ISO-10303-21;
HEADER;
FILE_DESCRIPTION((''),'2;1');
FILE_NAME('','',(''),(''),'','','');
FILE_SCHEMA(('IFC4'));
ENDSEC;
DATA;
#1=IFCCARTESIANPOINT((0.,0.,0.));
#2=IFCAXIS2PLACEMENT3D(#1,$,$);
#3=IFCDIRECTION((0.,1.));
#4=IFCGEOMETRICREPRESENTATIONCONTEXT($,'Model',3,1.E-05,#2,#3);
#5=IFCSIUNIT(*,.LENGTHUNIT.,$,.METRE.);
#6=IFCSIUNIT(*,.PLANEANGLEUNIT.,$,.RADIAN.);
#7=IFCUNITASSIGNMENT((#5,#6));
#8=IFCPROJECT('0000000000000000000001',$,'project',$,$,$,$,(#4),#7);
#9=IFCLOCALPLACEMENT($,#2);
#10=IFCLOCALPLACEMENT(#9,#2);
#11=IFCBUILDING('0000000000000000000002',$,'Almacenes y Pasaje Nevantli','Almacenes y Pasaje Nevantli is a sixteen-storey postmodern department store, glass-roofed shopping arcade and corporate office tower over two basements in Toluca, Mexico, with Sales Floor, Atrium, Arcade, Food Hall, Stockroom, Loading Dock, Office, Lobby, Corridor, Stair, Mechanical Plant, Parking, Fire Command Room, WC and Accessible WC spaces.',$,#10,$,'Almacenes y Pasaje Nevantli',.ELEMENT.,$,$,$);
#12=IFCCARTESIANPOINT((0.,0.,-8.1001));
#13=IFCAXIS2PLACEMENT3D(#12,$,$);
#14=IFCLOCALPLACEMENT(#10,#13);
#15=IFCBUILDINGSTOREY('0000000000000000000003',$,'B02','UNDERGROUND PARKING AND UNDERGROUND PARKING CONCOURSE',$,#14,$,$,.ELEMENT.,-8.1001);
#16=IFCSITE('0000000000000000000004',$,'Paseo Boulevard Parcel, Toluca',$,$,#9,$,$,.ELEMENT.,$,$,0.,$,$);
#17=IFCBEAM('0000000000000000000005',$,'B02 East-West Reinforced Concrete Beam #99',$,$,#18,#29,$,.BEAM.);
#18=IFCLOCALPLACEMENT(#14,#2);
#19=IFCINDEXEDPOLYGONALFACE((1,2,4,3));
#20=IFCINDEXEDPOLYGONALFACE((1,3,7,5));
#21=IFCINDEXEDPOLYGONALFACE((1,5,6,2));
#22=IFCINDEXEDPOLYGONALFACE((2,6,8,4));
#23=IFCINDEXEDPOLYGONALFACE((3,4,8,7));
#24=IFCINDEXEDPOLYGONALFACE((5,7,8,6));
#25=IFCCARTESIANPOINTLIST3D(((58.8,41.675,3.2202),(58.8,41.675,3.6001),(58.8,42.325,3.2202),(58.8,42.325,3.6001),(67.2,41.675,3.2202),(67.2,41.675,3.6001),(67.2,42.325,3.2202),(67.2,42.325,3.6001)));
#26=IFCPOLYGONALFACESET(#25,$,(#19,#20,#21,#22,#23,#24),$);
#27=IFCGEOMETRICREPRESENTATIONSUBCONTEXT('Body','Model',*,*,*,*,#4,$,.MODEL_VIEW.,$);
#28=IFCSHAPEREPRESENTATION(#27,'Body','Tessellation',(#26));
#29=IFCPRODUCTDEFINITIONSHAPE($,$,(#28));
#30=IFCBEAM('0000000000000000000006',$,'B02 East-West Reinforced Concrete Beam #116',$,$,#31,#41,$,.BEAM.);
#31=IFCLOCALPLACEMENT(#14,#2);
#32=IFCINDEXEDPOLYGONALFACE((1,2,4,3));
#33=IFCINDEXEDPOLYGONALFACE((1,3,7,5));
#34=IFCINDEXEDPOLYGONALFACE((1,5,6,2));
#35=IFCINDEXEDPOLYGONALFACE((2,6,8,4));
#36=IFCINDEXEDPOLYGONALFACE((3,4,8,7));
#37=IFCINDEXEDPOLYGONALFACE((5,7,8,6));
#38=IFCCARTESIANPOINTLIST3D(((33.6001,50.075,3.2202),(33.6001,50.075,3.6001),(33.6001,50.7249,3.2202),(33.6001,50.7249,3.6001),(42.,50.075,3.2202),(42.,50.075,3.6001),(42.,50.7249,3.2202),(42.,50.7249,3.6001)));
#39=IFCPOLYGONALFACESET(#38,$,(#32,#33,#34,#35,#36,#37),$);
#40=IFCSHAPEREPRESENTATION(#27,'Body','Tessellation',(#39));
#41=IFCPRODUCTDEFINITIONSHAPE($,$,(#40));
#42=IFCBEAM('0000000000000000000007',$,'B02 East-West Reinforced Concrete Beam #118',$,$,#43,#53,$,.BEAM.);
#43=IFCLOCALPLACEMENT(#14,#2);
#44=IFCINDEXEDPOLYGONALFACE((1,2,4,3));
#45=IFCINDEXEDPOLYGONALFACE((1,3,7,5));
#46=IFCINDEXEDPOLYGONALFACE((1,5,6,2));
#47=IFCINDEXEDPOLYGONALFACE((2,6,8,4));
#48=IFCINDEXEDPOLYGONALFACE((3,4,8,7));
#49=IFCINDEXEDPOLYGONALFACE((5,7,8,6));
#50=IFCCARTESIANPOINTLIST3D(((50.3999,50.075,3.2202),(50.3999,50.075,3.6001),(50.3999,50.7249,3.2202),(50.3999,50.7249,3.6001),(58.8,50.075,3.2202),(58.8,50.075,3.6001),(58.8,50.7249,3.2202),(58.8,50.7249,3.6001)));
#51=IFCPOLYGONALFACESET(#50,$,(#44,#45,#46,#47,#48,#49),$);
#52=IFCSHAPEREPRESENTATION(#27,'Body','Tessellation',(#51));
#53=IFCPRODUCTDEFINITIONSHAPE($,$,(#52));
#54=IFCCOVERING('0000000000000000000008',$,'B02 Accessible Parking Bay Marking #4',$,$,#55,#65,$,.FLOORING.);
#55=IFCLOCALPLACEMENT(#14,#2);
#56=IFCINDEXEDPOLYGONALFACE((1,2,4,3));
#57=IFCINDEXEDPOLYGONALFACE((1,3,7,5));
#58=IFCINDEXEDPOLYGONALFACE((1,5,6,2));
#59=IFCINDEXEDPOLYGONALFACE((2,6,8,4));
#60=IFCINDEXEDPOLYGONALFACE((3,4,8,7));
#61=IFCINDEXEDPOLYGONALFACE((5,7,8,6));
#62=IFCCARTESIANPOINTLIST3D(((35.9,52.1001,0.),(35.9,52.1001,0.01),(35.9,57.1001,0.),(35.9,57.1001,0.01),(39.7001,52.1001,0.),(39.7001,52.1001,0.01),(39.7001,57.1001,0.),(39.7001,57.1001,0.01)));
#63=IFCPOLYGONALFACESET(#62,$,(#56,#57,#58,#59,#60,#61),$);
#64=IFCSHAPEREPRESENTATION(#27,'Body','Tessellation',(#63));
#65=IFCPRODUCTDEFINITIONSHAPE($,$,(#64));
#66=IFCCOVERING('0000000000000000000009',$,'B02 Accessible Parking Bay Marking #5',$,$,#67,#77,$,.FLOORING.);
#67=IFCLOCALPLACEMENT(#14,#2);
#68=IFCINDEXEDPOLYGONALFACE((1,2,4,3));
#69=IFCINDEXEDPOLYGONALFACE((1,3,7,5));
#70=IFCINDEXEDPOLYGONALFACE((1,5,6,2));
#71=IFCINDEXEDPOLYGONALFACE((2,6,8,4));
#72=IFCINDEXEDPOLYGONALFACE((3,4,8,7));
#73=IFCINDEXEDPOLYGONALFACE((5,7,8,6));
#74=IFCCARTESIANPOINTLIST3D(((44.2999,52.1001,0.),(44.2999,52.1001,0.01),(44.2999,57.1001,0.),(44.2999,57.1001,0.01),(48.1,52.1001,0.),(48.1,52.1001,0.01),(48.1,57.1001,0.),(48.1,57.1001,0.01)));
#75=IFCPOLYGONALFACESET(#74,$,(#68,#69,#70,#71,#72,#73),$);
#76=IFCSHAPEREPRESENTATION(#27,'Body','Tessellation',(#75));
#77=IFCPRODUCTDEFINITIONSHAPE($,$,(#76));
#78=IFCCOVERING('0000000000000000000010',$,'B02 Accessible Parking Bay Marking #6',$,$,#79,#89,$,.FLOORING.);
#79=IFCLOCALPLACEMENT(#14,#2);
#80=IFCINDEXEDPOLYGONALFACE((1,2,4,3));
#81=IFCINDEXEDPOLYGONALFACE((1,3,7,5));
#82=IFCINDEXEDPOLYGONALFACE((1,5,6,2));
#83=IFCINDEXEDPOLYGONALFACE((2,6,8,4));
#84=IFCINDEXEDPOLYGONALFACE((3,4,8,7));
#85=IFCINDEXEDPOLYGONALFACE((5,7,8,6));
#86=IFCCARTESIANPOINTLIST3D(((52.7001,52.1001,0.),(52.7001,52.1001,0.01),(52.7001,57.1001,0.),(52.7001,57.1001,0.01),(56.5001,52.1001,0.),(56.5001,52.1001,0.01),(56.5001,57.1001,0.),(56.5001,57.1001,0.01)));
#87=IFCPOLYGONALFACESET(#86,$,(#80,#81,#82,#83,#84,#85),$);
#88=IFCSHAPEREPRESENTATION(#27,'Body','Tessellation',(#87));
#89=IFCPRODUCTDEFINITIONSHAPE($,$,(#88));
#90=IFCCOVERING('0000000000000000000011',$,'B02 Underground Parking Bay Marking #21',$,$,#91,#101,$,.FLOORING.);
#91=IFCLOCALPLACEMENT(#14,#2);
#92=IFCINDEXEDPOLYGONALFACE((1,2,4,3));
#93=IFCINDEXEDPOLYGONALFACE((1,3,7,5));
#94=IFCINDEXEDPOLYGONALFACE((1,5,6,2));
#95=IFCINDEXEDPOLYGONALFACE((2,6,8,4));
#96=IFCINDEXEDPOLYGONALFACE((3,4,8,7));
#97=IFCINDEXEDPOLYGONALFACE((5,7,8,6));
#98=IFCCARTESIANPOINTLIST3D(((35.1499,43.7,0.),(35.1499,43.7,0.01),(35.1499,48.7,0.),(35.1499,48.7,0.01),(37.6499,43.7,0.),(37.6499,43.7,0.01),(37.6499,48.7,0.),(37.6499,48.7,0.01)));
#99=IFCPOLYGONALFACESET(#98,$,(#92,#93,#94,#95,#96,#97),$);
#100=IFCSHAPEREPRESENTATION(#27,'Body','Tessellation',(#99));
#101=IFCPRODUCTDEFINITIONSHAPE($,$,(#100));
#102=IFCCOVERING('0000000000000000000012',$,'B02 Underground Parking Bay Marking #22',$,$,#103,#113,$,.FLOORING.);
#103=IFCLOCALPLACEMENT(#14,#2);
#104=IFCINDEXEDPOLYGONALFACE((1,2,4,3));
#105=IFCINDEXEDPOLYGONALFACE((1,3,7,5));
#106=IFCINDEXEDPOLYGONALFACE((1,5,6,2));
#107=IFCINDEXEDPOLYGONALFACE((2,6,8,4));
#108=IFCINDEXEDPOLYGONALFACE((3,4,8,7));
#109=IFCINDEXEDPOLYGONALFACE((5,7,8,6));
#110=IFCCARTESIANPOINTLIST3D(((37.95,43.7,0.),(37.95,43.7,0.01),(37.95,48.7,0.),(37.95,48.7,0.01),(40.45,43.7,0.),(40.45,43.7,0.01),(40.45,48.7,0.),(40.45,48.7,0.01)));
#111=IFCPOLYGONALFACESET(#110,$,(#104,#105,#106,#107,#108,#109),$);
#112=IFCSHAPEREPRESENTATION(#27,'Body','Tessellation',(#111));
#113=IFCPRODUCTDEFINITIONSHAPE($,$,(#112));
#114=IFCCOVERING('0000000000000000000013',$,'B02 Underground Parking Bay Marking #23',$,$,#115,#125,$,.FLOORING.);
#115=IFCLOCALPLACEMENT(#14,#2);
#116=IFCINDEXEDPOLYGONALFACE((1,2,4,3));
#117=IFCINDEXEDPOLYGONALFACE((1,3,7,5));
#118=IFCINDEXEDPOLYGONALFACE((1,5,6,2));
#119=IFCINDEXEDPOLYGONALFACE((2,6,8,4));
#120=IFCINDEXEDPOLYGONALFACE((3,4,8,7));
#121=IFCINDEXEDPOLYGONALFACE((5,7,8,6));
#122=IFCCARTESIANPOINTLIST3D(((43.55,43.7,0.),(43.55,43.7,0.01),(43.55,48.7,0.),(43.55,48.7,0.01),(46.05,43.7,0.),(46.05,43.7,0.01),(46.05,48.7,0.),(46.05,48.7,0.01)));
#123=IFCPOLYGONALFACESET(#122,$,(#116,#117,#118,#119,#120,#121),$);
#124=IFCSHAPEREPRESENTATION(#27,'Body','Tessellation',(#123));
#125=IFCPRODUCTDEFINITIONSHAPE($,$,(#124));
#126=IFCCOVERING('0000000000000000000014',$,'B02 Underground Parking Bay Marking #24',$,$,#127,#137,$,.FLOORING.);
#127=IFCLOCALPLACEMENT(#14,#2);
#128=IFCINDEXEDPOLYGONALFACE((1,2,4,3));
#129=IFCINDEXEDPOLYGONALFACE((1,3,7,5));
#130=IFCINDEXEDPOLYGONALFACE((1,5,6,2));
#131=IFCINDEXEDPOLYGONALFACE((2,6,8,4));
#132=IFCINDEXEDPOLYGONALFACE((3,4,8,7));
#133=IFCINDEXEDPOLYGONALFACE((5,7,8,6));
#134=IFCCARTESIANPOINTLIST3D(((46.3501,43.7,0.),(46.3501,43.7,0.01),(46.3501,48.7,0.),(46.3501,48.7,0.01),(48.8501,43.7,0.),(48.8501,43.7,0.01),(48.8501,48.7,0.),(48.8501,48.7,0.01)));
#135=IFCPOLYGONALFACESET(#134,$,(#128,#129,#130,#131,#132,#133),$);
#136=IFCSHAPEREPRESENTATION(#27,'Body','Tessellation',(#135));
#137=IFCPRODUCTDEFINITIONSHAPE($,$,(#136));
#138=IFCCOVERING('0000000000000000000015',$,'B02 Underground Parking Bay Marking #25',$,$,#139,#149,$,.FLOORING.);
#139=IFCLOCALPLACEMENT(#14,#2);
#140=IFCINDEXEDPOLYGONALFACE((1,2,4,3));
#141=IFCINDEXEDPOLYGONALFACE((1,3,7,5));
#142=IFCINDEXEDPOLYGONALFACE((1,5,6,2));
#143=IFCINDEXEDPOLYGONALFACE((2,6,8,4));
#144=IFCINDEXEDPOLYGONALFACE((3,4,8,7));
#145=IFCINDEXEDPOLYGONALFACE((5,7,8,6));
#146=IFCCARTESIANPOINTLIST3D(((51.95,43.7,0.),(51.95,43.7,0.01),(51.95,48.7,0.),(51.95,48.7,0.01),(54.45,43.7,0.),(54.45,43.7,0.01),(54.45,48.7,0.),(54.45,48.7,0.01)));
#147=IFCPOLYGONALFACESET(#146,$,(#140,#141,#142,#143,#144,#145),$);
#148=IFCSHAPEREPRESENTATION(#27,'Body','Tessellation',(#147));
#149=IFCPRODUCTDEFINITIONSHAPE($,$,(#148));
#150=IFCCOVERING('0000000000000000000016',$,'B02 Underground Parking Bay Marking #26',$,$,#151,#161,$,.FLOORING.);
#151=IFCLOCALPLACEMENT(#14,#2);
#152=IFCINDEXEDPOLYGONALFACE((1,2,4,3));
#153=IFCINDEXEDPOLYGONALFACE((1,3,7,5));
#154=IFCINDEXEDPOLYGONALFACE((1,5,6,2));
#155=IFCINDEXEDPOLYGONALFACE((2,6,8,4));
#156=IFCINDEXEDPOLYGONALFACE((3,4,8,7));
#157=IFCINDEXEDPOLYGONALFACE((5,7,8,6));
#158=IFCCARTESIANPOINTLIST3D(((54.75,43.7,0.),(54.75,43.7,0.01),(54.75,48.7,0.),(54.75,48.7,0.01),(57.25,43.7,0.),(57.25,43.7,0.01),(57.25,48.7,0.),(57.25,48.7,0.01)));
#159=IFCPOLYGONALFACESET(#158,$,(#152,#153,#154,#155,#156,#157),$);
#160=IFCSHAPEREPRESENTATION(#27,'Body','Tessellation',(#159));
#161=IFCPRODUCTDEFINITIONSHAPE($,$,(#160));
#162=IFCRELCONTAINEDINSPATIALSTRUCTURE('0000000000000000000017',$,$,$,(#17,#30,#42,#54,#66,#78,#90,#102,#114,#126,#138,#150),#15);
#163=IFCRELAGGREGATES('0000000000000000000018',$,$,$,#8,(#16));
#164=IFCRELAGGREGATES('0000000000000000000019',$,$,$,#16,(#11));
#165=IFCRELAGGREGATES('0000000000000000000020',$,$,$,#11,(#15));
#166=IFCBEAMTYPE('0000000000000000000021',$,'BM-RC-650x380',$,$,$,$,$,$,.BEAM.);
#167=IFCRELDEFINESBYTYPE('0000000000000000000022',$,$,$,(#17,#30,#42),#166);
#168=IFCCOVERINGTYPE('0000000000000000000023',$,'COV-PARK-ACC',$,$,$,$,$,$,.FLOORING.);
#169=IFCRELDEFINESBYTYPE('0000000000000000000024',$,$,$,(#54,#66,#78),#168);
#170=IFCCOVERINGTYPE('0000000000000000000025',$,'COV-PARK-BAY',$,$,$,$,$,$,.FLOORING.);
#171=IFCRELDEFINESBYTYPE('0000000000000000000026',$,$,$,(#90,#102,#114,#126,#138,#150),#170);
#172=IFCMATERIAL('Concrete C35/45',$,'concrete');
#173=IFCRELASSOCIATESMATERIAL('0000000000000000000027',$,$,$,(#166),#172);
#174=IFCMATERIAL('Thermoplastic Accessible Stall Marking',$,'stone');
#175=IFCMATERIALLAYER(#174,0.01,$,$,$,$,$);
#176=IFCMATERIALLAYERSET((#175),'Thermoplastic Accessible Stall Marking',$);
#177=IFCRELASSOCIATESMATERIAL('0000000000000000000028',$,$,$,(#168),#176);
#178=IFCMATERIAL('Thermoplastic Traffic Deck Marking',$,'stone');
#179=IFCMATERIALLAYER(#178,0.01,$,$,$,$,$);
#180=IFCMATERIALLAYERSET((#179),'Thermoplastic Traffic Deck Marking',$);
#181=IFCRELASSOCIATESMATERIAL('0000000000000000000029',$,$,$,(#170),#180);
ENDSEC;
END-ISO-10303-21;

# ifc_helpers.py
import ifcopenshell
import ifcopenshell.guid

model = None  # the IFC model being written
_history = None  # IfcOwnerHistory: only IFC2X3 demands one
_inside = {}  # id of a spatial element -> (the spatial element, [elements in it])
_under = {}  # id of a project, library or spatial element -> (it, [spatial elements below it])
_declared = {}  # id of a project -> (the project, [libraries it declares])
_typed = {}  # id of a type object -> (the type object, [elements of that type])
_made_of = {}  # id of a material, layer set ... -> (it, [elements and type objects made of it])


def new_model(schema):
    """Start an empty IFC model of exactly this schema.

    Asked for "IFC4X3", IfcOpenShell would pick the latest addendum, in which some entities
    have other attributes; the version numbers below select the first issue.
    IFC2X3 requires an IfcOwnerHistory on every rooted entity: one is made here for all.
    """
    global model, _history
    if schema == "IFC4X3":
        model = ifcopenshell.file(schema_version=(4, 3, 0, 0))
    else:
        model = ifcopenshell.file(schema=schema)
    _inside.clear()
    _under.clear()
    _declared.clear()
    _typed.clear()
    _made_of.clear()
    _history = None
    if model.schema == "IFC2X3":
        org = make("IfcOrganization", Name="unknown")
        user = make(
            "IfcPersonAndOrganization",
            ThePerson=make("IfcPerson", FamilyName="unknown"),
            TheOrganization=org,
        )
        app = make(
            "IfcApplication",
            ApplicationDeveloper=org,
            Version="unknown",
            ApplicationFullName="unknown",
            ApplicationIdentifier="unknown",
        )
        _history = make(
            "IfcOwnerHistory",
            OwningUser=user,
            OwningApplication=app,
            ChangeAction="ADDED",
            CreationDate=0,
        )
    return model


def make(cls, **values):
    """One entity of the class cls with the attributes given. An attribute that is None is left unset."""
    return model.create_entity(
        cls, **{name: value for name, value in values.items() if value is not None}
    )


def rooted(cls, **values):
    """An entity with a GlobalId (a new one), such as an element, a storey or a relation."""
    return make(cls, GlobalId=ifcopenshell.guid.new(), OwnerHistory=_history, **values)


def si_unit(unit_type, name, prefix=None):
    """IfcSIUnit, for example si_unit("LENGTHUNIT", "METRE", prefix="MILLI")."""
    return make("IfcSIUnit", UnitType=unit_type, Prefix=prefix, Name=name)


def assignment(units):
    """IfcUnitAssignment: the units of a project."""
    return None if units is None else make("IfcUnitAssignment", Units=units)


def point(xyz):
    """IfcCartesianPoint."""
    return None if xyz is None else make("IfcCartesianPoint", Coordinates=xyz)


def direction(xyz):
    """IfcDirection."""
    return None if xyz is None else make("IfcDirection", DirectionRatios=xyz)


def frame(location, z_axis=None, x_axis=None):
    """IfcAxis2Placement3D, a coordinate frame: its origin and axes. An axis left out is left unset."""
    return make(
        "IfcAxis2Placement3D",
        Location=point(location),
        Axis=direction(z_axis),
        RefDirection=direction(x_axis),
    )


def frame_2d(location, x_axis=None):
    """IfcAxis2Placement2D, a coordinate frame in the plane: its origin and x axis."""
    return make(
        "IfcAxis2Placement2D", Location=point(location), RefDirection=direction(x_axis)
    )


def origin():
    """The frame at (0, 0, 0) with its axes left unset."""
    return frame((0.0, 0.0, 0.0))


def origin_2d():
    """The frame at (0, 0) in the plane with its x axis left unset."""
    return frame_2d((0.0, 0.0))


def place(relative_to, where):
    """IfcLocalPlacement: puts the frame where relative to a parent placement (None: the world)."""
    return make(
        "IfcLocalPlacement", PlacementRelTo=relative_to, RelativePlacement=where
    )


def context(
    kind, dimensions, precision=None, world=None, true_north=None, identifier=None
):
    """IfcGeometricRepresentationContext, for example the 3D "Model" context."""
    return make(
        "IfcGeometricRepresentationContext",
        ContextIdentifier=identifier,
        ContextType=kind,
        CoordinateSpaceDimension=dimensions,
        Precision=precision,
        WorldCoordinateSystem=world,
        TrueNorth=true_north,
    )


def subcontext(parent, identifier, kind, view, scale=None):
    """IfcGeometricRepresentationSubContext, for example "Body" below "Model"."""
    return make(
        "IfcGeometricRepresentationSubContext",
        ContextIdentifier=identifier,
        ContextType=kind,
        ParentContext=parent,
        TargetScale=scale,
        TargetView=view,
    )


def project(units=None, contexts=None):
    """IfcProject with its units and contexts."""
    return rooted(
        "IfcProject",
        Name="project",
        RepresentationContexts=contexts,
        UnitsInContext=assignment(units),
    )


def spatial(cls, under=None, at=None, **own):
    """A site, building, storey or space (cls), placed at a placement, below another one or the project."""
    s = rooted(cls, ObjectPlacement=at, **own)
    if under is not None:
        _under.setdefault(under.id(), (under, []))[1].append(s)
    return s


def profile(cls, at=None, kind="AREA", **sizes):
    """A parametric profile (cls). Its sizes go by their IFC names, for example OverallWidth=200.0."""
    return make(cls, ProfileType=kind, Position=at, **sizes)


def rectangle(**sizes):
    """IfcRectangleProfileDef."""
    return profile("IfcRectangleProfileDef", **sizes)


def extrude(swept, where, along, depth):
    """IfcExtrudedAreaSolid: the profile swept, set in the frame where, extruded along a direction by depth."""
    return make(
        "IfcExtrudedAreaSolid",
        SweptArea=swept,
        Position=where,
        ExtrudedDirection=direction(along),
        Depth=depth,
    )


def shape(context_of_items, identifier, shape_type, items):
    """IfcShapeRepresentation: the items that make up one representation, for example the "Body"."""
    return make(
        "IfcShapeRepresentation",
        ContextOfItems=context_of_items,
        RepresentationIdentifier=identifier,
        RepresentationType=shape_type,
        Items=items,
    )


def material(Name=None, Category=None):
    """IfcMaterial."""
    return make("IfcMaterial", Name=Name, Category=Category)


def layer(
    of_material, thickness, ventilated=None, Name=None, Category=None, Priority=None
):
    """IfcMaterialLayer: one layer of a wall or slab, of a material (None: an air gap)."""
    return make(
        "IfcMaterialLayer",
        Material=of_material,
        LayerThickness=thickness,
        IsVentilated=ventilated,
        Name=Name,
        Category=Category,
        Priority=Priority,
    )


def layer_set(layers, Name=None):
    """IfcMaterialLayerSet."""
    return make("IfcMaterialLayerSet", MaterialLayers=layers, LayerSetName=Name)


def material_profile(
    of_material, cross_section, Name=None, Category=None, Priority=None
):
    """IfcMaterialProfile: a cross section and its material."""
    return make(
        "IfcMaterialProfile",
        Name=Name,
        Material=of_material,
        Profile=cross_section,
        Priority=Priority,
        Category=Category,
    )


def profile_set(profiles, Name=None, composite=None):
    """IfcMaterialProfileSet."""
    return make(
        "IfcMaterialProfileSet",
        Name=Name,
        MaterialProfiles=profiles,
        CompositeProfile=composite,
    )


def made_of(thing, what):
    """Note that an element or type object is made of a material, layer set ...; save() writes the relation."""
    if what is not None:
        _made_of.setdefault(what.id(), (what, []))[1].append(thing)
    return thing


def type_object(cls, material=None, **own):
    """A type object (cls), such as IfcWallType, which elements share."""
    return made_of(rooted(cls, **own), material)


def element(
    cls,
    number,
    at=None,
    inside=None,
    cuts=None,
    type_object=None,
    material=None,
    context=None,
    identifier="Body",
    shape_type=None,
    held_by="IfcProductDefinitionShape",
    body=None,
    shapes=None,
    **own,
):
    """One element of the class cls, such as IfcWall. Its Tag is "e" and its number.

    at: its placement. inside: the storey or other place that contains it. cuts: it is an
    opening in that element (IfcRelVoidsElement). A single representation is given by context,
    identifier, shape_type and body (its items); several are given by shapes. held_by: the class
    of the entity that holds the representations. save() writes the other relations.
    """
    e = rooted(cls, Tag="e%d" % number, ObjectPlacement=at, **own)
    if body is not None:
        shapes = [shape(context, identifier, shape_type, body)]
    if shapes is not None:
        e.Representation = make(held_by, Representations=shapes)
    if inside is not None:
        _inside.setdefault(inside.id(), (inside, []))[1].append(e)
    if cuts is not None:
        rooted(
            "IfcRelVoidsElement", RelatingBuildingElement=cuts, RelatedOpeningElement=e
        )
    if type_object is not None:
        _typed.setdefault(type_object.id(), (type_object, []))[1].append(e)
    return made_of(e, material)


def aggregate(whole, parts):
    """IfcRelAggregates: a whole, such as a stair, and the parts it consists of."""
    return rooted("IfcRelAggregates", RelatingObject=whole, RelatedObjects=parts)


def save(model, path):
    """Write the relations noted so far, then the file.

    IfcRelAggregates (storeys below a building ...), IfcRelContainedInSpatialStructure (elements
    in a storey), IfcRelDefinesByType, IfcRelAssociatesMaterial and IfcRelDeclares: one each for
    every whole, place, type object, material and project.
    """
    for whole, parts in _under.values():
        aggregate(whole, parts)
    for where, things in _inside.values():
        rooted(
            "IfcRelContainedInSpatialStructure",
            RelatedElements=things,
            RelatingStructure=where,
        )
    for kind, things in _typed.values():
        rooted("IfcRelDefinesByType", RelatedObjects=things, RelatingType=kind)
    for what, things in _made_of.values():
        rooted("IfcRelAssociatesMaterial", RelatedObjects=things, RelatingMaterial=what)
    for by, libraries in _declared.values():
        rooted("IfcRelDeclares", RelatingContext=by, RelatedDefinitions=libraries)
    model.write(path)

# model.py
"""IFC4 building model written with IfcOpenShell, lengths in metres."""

from ifc_helpers import new_model, si_unit, direction, frame, origin, origin_2d, place, context, subcontext, project, spatial, rectangle, extrude, material, layer, layer_set, material_profile, profile_set, type_object, element, save


model = new_model("IFC4")

# Units and contexts
model_context = context("Model", 3, precision=1e-05, world=origin(), true_north=direction((0.0, 1.0)))
body_context = subcontext(model_context, "Body", "Model", "MODEL_VIEW")
ifc_project = project(units=[si_unit("LENGTHUNIT", "METRE"), si_unit("PLANEANGLEUNIT", "RADIAN")], contexts=[model_context])

# Site, building, storey
site_placement = place(None, origin())
site = spatial("IfcSite", under=ifc_project, at=site_placement, Name="Paseo Boulevard Parcel, Toluca", CompositionType="ELEMENT", RefElevation=0.0)
building_placement = place(site_placement, origin())
building = spatial("IfcBuilding", under=site, at=building_placement, Name="Almacenes y Pasaje Nevantli", Description="Almacenes y Pasaje Nevantli is a sixteen-storey postmodern department store, glass-roofed shopping arcade and corporate office tower over two basements in Toluca, Mexico, with Sales Floor, Atrium, Arcade, Food Hall, Stockroom, Loading Dock, Office, Lobby, Corridor, Stair, Mechanical Plant, Parking, Fire Command Room, WC and Accessible WC spaces.", LongName="Almacenes y Pasaje Nevantli", CompositionType="ELEMENT")
storey_placement = place(building_placement, frame((0.0, 0.0, -8.1001)))
storey = spatial("IfcBuildingStorey", under=building, at=storey_placement, Name="B02", Description="UNDERGROUND PARKING AND UNDERGROUND PARKING CONCOURSE", CompositionType="ELEMENT", Elevation=-8.1001)

# Beams
ifc_material_1 = material(Name="Concrete C35/45", Category="concrete")
ifc_material_profile_1 = material_profile(ifc_material_1, rectangle(XDim=0.6499, YDim=0.3799, at=origin_2d()), Name="RC-BM-650x380")
ifc_profile_set_1 = profile_set([ifc_material_profile_1], Name="Concrete C35/45")
beam_type_1 = type_object("IfcBeamType", Name="BM-RC-650x380", PredefinedType="BEAM", material=ifc_profile_set_1)
for number, where, z_axis, x_axis, name in (
    (1, (58.8, 42.0, 3.4102), (1.0, 0.0, 0.0), (0.0, 1.0, 0.0), "B02 East-West Reinforced Concrete Beam #99"),
    (2, (33.6001, 50.3999, 3.4102), (1.0, 0.0, 0.0), (0.0, 1.0, 0.0), "B02 East-West Reinforced Concrete Beam #116"),
):
    element("IfcBeam", number, at=place(storey_placement, frame(where, z_axis=z_axis, x_axis=x_axis)), inside=storey, type_object=beam_type_1, Name=name, PredefinedType="BEAM", context=body_context, shape_type="SweptSolid", body=[
        extrude(rectangle(XDim=0.6499, YDim=0.3799, at=origin_2d()), origin(), (0.0, 0.0, 1.0), 8.3999),
    ])
beam_1_placement = place(storey_placement, frame((50.3999, 50.3999, 3.4102), z_axis=(1.0, 0.0, 0.0), x_axis=(0.0, 1.0, 0.0)))
element("IfcBeam", 3, at=beam_1_placement, inside=storey, type_object=beam_type_1, Name="B02 East-West Reinforced Concrete Beam #118", PredefinedType="BEAM", context=body_context, shape_type="SweptSolid", body=[
    extrude(rectangle(XDim=0.6499, YDim=0.3799, at=origin_2d()), origin(), (0.0, 0.0, 1.0), 8.4001),
])

# Coverings
ifc_material_2 = material(Name="Thermoplastic Accessible Stall Marking", Category="stone")
ifc_layer_1 = layer(ifc_material_2, 0.01)
ifc_layer_set_1 = layer_set([ifc_layer_1], Name="Thermoplastic Accessible Stall Marking")
covering_type_1 = type_object("IfcCoveringType", Name="COV-PARK-ACC", PredefinedType="FLOORING", material=ifc_layer_set_1)
for number, where, z_axis, x_axis, name in (
    (4, (37.8, 54.6001, 0.0), (0.0, 0.0, 1.0), (1.0, 0.0, 0.0), "B02 Accessible Parking Bay Marking #4"),
    (5, (46.2, 54.6001, 0.0), (0.0, 0.0, 1.0), (1.0, 0.0, 0.0), "B02 Accessible Parking Bay Marking #5"),
    (6, (54.6001, 54.6001, 0.0), (0.0, 0.0, 1.0), (1.0, 0.0, 0.0), "B02 Accessible Parking Bay Marking #6"),
):
    element("IfcCovering", number, at=place(storey_placement, frame(where, z_axis=z_axis, x_axis=x_axis)), inside=storey, type_object=covering_type_1, Name=name, PredefinedType="FLOORING", context=body_context, shape_type="SweptSolid", body=[
        extrude(rectangle(XDim=3.8, YDim=5.0, at=origin_2d()), origin(), (0.0, 0.0, 1.0), 0.01),
    ])
ifc_material_3 = material(Name="Thermoplastic Traffic Deck Marking", Category="stone")
ifc_layer_2 = layer(ifc_material_3, 0.01)
ifc_layer_set_2 = layer_set([ifc_layer_2], Name="Thermoplastic Traffic Deck Marking")
covering_type_2 = type_object("IfcCoveringType", Name="COV-PARK-BAY", PredefinedType="FLOORING", material=ifc_layer_set_2)
for number, where, z_axis, x_axis, name in (
    (7, (36.3999, 46.2, 0.0), (0.0, 0.0, 1.0), (1.0, 0.0, 0.0), "B02 Underground Parking Bay Marking #21"),
    (8, (39.2, 46.2, 0.0), (0.0, 0.0, 1.0), (1.0, 0.0, 0.0), "B02 Underground Parking Bay Marking #22"),
    (9, (44.8, 46.2, 0.0), (0.0, 0.0, 1.0), (1.0, 0.0, 0.0), "B02 Underground Parking Bay Marking #23"),
    (10, (47.6001, 46.2, 0.0), (0.0, 0.0, 1.0), (1.0, 0.0, 0.0), "B02 Underground Parking Bay Marking #24"),
    (11, (53.2, 46.2, 0.0), (0.0, 0.0, 1.0), (1.0, 0.0, 0.0), "B02 Underground Parking Bay Marking #25"),
    (12, (56.0, 46.2, 0.0), (0.0, 0.0, 1.0), (1.0, 0.0, 0.0), "B02 Underground Parking Bay Marking #26"),
):
    element("IfcCovering", number, at=place(storey_placement, frame(where, z_axis=z_axis, x_axis=x_axis)), inside=storey, type_object=covering_type_2, Name=name, PredefinedType="FLOORING", context=body_context, shape_type="SweptSolid", body=[
        extrude(rectangle(XDim=2.5, YDim=5.0, at=origin_2d()), origin(), (0.0, 0.0, 1.0), 0.01),
    ])

save(model, "model.ifc")
